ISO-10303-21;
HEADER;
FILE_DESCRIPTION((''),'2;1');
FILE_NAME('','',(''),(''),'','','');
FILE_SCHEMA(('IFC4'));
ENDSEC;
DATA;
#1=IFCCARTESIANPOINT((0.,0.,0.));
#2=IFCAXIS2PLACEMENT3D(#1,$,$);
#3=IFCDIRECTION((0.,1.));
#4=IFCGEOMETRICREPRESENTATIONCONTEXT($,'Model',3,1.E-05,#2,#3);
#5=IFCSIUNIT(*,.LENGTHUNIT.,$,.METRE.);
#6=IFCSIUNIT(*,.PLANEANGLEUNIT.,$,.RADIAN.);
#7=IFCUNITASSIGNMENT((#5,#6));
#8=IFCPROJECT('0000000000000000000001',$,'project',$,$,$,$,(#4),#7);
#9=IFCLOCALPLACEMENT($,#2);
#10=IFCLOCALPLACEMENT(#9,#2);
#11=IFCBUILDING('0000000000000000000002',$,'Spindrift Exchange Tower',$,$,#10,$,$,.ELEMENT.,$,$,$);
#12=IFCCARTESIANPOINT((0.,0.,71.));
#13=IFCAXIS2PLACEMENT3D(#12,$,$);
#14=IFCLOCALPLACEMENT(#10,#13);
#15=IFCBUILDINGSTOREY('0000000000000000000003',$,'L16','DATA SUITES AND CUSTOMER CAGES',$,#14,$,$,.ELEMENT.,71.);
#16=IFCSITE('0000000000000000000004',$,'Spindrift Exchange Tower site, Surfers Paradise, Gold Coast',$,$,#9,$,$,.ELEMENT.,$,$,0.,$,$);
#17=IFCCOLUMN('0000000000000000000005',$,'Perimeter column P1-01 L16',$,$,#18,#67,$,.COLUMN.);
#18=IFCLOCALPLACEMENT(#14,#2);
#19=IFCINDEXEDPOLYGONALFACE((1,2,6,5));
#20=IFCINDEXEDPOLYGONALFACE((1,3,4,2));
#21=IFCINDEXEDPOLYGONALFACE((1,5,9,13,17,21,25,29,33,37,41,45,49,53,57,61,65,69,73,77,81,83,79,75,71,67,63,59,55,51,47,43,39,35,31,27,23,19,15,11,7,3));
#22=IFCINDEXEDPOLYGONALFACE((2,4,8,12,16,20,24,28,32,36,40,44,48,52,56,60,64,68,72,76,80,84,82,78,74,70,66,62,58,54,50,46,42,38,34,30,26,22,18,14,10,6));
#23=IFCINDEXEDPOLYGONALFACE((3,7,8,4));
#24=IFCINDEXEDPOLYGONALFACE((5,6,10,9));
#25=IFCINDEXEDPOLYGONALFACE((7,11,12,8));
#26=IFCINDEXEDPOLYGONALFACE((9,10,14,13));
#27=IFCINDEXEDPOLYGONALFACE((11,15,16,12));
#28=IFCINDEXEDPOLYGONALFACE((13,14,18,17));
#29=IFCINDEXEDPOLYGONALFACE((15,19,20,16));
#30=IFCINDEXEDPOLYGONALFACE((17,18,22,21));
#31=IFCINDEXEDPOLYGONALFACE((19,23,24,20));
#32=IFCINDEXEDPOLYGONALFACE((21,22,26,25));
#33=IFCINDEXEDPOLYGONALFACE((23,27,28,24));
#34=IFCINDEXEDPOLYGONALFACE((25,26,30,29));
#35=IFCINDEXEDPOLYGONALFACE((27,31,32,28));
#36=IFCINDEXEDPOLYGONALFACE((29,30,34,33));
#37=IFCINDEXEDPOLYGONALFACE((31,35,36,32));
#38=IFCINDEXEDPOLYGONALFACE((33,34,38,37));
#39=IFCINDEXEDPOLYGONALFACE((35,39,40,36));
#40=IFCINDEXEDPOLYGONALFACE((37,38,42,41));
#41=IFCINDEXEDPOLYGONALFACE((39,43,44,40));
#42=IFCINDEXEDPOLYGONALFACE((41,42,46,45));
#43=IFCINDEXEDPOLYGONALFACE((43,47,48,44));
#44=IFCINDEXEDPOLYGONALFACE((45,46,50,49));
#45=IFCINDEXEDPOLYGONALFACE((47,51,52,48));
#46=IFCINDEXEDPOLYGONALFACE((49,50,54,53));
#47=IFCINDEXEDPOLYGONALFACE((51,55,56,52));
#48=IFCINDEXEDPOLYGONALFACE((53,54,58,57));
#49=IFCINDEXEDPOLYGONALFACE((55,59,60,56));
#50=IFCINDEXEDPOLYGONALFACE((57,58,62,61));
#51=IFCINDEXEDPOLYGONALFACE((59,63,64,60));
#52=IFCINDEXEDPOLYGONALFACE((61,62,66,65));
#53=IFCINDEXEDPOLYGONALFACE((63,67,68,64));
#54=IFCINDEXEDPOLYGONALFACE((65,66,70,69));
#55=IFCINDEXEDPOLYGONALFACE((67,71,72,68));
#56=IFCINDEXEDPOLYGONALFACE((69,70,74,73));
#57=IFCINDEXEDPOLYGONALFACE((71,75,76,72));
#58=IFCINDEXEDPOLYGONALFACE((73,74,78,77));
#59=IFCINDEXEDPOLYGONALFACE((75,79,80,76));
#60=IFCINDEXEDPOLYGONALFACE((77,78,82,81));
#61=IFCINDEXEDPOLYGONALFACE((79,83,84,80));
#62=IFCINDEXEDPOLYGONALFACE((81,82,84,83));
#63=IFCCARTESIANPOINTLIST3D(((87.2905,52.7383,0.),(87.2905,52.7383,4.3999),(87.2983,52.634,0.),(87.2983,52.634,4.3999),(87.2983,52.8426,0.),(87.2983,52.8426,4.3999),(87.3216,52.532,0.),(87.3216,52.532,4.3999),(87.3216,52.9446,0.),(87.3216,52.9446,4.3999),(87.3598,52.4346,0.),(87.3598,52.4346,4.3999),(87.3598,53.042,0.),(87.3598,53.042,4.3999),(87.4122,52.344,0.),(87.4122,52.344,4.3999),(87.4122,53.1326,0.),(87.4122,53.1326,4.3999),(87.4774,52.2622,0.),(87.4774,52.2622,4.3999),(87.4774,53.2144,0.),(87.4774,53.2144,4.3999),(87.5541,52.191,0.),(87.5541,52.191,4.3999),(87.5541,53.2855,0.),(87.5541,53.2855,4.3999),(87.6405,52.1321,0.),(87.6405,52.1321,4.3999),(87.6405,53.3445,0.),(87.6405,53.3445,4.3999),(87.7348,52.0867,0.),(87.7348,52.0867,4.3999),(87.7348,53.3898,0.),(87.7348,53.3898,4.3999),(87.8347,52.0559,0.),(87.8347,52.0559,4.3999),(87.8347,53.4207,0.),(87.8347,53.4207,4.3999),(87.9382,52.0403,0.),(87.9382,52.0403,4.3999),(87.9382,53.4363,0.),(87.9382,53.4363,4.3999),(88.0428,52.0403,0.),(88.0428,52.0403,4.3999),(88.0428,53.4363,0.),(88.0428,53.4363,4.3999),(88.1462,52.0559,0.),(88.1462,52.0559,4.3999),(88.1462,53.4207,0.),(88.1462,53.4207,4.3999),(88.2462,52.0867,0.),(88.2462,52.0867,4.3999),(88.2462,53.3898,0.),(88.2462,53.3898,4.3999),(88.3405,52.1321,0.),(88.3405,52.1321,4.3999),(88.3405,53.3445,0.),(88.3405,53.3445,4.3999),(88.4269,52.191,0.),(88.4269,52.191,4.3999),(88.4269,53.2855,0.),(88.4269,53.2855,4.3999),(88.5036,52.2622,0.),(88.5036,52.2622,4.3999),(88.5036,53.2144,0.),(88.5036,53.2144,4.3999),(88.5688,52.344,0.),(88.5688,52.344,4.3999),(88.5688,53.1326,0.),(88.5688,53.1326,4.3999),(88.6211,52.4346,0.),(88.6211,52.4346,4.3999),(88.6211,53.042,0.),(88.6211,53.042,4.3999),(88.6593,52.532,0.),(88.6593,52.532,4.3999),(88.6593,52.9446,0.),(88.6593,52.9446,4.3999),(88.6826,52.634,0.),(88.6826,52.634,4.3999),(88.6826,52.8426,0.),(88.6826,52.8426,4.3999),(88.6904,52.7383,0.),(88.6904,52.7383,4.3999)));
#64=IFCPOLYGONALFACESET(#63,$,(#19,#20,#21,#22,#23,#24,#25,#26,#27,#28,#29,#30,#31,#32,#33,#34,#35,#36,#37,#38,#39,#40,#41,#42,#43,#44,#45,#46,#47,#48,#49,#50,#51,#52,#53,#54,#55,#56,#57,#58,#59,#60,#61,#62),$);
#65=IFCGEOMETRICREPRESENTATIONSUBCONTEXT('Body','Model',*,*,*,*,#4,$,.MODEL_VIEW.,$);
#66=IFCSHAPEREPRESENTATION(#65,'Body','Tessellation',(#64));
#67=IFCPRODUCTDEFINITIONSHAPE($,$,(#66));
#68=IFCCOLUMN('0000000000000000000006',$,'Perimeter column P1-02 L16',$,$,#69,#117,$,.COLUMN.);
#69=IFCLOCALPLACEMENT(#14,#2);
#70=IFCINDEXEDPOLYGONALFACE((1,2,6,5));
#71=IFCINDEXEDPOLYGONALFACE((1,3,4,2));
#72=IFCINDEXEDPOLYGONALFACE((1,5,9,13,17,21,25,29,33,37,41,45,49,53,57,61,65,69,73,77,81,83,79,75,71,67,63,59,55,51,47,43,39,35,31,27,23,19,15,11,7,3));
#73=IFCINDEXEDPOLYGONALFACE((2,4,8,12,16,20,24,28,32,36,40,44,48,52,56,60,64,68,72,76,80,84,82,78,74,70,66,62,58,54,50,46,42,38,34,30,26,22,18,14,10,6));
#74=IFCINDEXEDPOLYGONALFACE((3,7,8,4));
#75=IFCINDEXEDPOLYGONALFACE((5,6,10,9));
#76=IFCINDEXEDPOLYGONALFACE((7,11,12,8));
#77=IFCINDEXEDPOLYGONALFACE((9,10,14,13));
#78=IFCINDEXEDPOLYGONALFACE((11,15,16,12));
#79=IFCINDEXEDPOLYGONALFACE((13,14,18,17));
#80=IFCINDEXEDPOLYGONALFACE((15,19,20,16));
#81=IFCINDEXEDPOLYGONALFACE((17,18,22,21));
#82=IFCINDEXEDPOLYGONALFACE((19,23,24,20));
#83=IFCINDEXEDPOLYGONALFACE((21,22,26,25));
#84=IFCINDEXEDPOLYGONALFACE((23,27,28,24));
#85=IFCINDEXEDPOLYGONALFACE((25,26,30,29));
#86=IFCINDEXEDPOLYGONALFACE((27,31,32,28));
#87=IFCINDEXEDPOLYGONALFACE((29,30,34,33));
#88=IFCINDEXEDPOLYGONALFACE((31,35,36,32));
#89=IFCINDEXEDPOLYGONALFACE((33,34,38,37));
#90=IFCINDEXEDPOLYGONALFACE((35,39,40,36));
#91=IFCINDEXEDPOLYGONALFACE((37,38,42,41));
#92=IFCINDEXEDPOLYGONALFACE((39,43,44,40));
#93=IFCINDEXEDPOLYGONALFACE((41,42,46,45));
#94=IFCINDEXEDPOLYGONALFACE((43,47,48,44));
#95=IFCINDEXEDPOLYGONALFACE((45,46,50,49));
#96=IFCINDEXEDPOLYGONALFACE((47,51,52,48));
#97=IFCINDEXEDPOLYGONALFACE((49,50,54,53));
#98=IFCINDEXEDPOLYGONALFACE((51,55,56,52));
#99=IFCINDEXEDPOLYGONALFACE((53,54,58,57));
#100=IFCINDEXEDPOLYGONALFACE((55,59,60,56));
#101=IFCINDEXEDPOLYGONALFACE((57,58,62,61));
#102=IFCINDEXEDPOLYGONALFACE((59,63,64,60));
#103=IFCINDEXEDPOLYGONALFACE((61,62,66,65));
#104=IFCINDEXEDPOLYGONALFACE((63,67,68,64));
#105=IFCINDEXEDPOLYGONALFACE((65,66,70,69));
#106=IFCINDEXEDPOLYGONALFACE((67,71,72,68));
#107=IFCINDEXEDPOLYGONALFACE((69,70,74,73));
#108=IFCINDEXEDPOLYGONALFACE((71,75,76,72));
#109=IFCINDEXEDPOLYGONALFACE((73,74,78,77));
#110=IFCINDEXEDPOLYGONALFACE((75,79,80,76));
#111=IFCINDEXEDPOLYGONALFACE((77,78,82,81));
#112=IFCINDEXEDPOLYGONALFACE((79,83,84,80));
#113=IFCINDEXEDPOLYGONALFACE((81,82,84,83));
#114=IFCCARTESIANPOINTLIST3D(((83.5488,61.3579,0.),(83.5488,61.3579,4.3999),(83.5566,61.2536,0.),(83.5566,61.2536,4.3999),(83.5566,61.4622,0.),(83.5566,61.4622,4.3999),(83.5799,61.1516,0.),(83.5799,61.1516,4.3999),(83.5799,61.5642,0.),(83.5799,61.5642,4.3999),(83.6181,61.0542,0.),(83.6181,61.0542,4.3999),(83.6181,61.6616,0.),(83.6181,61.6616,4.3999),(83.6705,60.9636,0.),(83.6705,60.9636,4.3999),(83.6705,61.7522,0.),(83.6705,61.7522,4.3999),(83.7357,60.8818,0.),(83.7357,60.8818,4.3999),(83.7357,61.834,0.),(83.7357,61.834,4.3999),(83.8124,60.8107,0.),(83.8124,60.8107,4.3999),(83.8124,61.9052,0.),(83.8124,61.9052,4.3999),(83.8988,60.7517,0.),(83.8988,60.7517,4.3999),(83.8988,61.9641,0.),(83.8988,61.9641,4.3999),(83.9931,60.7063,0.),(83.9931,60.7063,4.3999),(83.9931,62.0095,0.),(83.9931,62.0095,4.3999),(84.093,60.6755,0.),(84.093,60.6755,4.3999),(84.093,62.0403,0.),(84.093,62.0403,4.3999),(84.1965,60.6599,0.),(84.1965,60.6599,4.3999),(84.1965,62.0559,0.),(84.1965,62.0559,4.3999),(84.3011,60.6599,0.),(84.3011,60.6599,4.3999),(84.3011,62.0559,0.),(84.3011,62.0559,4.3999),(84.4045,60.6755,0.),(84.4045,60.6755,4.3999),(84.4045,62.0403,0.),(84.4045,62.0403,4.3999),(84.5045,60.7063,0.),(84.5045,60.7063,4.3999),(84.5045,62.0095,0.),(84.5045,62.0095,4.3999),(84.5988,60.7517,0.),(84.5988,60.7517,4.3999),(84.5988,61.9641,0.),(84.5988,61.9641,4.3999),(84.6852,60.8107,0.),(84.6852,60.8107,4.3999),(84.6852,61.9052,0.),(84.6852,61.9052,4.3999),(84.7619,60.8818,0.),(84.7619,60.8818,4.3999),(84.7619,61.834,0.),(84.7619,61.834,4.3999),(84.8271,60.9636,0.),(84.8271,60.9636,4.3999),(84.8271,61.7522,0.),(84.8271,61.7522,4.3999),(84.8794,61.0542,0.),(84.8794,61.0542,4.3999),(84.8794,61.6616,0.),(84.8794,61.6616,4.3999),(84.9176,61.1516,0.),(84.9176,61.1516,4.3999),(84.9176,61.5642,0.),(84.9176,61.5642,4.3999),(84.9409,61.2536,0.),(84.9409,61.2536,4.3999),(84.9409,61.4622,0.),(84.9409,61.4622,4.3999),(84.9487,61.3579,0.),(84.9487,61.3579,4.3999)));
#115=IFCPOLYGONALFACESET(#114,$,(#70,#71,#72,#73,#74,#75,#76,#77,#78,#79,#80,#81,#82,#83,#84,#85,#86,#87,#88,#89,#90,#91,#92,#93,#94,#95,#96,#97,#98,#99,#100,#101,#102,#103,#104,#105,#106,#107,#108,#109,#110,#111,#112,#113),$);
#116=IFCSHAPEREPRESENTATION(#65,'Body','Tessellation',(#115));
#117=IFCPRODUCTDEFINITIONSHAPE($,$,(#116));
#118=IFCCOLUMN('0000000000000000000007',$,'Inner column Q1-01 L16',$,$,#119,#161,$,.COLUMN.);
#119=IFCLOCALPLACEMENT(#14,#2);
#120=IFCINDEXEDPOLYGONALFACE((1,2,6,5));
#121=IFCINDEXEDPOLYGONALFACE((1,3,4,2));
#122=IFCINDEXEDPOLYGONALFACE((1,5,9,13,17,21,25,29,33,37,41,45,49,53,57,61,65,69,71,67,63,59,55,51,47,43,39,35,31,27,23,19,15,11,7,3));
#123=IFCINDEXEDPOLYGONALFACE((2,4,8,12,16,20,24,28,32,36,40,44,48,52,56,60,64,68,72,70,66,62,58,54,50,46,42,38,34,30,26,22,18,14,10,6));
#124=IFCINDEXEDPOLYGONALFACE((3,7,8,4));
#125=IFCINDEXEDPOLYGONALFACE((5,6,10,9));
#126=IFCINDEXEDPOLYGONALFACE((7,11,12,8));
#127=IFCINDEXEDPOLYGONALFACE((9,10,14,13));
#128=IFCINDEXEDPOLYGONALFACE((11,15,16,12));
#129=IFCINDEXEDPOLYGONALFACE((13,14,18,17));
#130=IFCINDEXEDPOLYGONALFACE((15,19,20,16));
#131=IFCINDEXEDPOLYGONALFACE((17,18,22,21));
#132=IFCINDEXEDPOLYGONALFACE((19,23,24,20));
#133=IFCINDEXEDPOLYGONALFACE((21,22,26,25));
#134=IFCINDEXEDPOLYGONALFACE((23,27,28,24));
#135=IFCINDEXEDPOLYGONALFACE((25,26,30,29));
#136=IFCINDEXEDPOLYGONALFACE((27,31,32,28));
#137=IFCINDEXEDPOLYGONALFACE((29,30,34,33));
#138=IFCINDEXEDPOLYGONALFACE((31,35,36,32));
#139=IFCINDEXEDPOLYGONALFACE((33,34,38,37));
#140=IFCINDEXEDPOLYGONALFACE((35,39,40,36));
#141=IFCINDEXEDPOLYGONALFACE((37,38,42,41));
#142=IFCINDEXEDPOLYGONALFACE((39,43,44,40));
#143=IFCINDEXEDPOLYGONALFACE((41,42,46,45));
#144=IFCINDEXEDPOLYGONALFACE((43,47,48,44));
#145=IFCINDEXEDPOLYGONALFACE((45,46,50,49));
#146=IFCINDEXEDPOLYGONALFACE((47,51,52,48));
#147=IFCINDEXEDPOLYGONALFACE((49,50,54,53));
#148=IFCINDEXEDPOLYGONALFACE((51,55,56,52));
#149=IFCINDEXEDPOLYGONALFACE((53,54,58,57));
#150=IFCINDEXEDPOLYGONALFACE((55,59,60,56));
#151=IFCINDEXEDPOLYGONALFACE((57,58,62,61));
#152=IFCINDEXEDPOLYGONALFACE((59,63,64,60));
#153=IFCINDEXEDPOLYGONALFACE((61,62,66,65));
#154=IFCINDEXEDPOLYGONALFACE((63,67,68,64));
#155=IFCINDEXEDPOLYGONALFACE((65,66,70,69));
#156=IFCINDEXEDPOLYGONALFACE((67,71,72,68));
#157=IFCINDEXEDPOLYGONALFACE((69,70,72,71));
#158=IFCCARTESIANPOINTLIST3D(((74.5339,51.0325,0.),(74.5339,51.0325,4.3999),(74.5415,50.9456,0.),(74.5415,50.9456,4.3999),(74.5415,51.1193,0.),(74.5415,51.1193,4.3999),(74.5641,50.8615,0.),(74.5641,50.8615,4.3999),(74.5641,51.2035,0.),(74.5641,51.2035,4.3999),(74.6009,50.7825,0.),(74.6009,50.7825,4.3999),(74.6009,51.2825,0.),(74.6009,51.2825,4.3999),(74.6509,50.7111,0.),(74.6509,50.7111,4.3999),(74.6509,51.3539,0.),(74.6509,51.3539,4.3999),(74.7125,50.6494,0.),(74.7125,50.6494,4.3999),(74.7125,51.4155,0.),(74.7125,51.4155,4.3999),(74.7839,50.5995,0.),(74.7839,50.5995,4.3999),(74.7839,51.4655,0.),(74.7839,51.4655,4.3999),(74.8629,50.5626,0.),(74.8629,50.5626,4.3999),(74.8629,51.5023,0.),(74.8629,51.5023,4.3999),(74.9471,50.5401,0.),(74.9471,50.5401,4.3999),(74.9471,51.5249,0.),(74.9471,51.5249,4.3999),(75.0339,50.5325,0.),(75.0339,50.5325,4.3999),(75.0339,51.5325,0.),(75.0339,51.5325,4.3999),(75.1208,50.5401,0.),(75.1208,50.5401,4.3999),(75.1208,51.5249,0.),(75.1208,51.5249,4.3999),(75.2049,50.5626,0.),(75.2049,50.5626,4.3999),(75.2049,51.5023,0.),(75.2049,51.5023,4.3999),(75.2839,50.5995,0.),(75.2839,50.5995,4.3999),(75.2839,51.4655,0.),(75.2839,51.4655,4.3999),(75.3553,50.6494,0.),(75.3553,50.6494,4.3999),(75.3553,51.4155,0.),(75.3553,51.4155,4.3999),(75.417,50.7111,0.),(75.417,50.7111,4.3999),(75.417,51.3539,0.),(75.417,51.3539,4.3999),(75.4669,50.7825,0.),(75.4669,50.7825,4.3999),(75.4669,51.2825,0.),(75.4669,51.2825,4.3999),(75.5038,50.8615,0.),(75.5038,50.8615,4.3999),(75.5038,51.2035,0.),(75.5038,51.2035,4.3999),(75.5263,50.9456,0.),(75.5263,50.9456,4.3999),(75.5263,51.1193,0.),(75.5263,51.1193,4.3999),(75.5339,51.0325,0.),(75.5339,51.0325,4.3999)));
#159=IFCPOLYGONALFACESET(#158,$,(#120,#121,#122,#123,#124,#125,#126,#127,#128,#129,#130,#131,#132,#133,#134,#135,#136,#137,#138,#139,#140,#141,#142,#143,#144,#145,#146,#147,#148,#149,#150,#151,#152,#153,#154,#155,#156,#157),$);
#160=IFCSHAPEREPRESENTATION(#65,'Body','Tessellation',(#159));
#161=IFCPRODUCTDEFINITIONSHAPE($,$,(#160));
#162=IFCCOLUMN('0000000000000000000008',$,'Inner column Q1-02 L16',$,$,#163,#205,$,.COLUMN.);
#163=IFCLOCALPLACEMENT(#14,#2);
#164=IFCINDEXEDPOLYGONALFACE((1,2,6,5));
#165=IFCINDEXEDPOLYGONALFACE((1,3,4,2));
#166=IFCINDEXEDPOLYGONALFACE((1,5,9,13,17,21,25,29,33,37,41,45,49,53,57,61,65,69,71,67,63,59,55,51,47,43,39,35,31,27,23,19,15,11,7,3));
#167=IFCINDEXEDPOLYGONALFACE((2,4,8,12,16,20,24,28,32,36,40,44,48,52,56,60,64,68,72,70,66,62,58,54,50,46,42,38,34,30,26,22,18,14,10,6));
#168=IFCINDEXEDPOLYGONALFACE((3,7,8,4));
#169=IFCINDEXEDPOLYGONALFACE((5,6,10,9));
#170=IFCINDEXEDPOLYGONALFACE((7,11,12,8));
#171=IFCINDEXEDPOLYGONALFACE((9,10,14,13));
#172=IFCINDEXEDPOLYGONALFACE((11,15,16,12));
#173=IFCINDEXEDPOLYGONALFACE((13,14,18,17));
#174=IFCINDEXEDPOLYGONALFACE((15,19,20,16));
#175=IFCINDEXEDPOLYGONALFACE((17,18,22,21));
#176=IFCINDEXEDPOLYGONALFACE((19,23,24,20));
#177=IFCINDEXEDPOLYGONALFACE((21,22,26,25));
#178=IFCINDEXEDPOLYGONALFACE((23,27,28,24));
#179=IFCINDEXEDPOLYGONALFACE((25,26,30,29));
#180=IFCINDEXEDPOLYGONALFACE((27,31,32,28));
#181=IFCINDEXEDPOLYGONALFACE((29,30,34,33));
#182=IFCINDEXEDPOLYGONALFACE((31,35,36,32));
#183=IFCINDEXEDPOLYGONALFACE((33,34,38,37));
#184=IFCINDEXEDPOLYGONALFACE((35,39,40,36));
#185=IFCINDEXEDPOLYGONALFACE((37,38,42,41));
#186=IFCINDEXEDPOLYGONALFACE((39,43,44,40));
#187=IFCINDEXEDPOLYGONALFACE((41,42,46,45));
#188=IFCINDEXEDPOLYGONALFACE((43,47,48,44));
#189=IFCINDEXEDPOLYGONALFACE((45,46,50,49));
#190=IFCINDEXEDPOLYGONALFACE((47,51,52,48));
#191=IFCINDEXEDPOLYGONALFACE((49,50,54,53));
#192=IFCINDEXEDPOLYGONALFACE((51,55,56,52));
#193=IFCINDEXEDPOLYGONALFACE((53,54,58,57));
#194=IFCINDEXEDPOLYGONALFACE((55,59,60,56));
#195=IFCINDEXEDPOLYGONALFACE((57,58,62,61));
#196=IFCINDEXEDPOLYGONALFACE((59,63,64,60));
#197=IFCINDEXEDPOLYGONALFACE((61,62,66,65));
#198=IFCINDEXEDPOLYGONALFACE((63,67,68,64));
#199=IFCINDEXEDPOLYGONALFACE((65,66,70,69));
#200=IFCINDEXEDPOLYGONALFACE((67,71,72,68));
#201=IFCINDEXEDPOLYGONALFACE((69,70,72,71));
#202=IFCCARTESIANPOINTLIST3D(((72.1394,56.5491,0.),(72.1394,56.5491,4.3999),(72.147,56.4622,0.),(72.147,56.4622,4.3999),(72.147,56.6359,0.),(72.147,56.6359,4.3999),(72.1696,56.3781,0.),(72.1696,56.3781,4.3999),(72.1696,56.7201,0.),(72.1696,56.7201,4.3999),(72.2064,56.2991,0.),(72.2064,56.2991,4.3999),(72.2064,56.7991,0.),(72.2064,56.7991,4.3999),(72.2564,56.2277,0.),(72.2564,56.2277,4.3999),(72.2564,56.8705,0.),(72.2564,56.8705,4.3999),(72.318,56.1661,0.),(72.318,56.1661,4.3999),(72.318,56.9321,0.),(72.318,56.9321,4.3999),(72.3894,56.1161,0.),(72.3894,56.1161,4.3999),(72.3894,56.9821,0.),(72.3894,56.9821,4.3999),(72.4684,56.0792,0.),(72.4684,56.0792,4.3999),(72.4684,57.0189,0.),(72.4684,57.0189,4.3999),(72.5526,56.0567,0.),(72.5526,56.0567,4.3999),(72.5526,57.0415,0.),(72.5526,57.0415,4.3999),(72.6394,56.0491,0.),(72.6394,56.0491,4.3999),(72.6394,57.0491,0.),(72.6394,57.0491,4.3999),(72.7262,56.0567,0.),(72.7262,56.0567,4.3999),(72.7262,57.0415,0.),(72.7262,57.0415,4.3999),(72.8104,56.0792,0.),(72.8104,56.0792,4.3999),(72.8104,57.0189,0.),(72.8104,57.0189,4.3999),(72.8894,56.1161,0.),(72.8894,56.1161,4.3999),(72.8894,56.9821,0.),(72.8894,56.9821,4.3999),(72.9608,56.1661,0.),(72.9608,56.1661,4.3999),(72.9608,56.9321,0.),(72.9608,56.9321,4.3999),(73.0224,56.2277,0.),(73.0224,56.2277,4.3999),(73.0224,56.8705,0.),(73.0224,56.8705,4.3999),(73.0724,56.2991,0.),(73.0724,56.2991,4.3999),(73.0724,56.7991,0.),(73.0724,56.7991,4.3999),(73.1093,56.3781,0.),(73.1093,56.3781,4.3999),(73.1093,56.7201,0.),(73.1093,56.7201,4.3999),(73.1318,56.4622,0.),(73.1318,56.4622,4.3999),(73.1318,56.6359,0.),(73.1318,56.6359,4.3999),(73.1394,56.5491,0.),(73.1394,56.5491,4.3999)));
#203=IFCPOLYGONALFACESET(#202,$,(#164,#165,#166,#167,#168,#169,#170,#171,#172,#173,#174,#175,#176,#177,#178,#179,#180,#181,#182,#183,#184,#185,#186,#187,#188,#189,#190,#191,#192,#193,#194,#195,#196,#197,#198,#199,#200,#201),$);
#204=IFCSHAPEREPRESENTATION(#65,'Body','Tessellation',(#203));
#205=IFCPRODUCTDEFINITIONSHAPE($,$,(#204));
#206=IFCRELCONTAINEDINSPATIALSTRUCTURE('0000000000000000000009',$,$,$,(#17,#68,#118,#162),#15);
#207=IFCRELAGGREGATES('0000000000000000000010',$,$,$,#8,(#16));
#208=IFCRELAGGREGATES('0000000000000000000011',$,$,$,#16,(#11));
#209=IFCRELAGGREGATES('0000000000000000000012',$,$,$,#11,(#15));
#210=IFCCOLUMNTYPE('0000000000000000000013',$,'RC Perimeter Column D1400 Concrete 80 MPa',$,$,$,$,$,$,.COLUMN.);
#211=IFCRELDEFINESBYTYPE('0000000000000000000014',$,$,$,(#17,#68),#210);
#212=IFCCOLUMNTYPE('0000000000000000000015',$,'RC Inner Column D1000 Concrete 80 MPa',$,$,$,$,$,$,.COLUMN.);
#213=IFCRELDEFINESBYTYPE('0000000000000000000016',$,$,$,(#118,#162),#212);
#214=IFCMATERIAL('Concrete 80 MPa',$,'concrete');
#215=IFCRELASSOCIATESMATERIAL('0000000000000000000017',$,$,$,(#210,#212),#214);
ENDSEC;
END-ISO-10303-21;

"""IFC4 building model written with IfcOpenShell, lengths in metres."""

from ifc_helpers import new_model, si_unit, direction, frame, origin, origin_2d, place, context, subcontext, project, spatial, circle, extrude, source, transform, mapped, material, material_profile, profile_set, type_object, element, save


model = new_model("IFC4")

# Units and contexts
model_context = context("Model", 3, precision=1e-05, world=origin(), true_north=direction((0.0, 1.0)))
body_context = subcontext(model_context, "Body", "Model", "MODEL_VIEW")
ifc_project = project(units=[si_unit("LENGTHUNIT", "METRE"), si_unit("PLANEANGLEUNIT", "RADIAN")], contexts=[model_context])

# Site, building, storey
site_placement = place(None, origin())
site = spatial("IfcSite", under=ifc_project, at=site_placement, Name="Spindrift Exchange Tower site, Surfers Paradise, Gold Coast", CompositionType="ELEMENT", RefElevation=0.0)
building_placement = place(site_placement, origin())
building = spatial("IfcBuilding", under=site, at=building_placement, Name="Spindrift Exchange Tower", CompositionType="ELEMENT")
storey_placement = place(building_placement, frame((0.0, 0.0, 71.0)))
storey = spatial("IfcBuildingStorey", under=building, at=storey_placement, Name="L16", Description="DATA SUITES AND CUSTOMER CAGES", CompositionType="ELEMENT", Elevation=71.0)

# Columns
ifc_material_1 = material(Name="Concrete 80 MPa", Category="concrete")
ifc_material_profile_1 = material_profile(ifc_material_1, circle(Radius=0.7, at=origin_2d()), Name="RC D1400")
ifc_profile_set_1 = profile_set([ifc_material_profile_1], Name="Concrete 80 MPa")
column_type_1 = type_object("IfcColumnType", Name="RC Perimeter Column D1400 Concrete 80 MPa", PredefinedType="COLUMN", material=ifc_profile_set_1)
shared_shape_1 = source(origin(), body_context, "Body", "SweptSolid", [
    extrude(circle(Radius=0.7, at=origin_2d()), origin(), (0.0, 0.0, 1.0), 4.3999),
])
for number, where, z_axis, x_axis, name in (
    (1, (87.9905, 52.7383, 0.0), (0.0, 0.0, 1.0), (1.0, 0.0, 0.0), "Perimeter column P1-01 L16"),
    (2, (84.2488, 61.3579, 0.0), (0.0, 0.0, 1.0), (1.0, 0.0, 0.0), "Perimeter column P1-02 L16"),
):
    element("IfcColumn", number, at=place(storey_placement, frame(where, z_axis=z_axis, x_axis=x_axis)), inside=storey, type_object=column_type_1, Name=name, PredefinedType="COLUMN", context=body_context, shape_type="MappedRepresentation", body=[
        mapped(shared_shape_1, transform((0.0, 0.0, 0.0), scale=1.0)),
    ])
ifc_material_profile_2 = material_profile(ifc_material_1, circle(Radius=0.5, at=origin_2d()), Name="RC D1000")
ifc_profile_set_2 = profile_set([ifc_material_profile_2], Name="Concrete 80 MPa")
column_type_2 = type_object("IfcColumnType", Name="RC Inner Column D1000 Concrete 80 MPa", PredefinedType="COLUMN", material=ifc_profile_set_2)
shared_shape_2 = source(origin(), body_context, "Body", "SweptSolid", [
    extrude(circle(Radius=0.5, at=origin_2d()), origin(), (0.0, 0.0, 1.0), 4.3999),
])
for number, where, z_axis, x_axis, name in (
    (3, (75.0339, 51.0325, 0.0), (0.0, 0.0, 1.0), (1.0, 0.0, 0.0), "Inner column Q1-01 L16"),
    (4, (72.6394, 56.5491, 0.0), (0.0, 0.0, 1.0), (1.0, 0.0, 0.0), "Inner column Q1-02 L16"),
):
    element("IfcColumn", number, at=place(storey_placement, frame(where, z_axis=z_axis, x_axis=x_axis)), inside=storey, type_object=column_type_2, Name=name, PredefinedType="COLUMN", context=body_context, shape_type="MappedRepresentation", body=[
        mapped(shared_shape_2, transform((0.0, 0.0, 0.0), scale=1.0)),
    ])

save(model, "model.ifc")
